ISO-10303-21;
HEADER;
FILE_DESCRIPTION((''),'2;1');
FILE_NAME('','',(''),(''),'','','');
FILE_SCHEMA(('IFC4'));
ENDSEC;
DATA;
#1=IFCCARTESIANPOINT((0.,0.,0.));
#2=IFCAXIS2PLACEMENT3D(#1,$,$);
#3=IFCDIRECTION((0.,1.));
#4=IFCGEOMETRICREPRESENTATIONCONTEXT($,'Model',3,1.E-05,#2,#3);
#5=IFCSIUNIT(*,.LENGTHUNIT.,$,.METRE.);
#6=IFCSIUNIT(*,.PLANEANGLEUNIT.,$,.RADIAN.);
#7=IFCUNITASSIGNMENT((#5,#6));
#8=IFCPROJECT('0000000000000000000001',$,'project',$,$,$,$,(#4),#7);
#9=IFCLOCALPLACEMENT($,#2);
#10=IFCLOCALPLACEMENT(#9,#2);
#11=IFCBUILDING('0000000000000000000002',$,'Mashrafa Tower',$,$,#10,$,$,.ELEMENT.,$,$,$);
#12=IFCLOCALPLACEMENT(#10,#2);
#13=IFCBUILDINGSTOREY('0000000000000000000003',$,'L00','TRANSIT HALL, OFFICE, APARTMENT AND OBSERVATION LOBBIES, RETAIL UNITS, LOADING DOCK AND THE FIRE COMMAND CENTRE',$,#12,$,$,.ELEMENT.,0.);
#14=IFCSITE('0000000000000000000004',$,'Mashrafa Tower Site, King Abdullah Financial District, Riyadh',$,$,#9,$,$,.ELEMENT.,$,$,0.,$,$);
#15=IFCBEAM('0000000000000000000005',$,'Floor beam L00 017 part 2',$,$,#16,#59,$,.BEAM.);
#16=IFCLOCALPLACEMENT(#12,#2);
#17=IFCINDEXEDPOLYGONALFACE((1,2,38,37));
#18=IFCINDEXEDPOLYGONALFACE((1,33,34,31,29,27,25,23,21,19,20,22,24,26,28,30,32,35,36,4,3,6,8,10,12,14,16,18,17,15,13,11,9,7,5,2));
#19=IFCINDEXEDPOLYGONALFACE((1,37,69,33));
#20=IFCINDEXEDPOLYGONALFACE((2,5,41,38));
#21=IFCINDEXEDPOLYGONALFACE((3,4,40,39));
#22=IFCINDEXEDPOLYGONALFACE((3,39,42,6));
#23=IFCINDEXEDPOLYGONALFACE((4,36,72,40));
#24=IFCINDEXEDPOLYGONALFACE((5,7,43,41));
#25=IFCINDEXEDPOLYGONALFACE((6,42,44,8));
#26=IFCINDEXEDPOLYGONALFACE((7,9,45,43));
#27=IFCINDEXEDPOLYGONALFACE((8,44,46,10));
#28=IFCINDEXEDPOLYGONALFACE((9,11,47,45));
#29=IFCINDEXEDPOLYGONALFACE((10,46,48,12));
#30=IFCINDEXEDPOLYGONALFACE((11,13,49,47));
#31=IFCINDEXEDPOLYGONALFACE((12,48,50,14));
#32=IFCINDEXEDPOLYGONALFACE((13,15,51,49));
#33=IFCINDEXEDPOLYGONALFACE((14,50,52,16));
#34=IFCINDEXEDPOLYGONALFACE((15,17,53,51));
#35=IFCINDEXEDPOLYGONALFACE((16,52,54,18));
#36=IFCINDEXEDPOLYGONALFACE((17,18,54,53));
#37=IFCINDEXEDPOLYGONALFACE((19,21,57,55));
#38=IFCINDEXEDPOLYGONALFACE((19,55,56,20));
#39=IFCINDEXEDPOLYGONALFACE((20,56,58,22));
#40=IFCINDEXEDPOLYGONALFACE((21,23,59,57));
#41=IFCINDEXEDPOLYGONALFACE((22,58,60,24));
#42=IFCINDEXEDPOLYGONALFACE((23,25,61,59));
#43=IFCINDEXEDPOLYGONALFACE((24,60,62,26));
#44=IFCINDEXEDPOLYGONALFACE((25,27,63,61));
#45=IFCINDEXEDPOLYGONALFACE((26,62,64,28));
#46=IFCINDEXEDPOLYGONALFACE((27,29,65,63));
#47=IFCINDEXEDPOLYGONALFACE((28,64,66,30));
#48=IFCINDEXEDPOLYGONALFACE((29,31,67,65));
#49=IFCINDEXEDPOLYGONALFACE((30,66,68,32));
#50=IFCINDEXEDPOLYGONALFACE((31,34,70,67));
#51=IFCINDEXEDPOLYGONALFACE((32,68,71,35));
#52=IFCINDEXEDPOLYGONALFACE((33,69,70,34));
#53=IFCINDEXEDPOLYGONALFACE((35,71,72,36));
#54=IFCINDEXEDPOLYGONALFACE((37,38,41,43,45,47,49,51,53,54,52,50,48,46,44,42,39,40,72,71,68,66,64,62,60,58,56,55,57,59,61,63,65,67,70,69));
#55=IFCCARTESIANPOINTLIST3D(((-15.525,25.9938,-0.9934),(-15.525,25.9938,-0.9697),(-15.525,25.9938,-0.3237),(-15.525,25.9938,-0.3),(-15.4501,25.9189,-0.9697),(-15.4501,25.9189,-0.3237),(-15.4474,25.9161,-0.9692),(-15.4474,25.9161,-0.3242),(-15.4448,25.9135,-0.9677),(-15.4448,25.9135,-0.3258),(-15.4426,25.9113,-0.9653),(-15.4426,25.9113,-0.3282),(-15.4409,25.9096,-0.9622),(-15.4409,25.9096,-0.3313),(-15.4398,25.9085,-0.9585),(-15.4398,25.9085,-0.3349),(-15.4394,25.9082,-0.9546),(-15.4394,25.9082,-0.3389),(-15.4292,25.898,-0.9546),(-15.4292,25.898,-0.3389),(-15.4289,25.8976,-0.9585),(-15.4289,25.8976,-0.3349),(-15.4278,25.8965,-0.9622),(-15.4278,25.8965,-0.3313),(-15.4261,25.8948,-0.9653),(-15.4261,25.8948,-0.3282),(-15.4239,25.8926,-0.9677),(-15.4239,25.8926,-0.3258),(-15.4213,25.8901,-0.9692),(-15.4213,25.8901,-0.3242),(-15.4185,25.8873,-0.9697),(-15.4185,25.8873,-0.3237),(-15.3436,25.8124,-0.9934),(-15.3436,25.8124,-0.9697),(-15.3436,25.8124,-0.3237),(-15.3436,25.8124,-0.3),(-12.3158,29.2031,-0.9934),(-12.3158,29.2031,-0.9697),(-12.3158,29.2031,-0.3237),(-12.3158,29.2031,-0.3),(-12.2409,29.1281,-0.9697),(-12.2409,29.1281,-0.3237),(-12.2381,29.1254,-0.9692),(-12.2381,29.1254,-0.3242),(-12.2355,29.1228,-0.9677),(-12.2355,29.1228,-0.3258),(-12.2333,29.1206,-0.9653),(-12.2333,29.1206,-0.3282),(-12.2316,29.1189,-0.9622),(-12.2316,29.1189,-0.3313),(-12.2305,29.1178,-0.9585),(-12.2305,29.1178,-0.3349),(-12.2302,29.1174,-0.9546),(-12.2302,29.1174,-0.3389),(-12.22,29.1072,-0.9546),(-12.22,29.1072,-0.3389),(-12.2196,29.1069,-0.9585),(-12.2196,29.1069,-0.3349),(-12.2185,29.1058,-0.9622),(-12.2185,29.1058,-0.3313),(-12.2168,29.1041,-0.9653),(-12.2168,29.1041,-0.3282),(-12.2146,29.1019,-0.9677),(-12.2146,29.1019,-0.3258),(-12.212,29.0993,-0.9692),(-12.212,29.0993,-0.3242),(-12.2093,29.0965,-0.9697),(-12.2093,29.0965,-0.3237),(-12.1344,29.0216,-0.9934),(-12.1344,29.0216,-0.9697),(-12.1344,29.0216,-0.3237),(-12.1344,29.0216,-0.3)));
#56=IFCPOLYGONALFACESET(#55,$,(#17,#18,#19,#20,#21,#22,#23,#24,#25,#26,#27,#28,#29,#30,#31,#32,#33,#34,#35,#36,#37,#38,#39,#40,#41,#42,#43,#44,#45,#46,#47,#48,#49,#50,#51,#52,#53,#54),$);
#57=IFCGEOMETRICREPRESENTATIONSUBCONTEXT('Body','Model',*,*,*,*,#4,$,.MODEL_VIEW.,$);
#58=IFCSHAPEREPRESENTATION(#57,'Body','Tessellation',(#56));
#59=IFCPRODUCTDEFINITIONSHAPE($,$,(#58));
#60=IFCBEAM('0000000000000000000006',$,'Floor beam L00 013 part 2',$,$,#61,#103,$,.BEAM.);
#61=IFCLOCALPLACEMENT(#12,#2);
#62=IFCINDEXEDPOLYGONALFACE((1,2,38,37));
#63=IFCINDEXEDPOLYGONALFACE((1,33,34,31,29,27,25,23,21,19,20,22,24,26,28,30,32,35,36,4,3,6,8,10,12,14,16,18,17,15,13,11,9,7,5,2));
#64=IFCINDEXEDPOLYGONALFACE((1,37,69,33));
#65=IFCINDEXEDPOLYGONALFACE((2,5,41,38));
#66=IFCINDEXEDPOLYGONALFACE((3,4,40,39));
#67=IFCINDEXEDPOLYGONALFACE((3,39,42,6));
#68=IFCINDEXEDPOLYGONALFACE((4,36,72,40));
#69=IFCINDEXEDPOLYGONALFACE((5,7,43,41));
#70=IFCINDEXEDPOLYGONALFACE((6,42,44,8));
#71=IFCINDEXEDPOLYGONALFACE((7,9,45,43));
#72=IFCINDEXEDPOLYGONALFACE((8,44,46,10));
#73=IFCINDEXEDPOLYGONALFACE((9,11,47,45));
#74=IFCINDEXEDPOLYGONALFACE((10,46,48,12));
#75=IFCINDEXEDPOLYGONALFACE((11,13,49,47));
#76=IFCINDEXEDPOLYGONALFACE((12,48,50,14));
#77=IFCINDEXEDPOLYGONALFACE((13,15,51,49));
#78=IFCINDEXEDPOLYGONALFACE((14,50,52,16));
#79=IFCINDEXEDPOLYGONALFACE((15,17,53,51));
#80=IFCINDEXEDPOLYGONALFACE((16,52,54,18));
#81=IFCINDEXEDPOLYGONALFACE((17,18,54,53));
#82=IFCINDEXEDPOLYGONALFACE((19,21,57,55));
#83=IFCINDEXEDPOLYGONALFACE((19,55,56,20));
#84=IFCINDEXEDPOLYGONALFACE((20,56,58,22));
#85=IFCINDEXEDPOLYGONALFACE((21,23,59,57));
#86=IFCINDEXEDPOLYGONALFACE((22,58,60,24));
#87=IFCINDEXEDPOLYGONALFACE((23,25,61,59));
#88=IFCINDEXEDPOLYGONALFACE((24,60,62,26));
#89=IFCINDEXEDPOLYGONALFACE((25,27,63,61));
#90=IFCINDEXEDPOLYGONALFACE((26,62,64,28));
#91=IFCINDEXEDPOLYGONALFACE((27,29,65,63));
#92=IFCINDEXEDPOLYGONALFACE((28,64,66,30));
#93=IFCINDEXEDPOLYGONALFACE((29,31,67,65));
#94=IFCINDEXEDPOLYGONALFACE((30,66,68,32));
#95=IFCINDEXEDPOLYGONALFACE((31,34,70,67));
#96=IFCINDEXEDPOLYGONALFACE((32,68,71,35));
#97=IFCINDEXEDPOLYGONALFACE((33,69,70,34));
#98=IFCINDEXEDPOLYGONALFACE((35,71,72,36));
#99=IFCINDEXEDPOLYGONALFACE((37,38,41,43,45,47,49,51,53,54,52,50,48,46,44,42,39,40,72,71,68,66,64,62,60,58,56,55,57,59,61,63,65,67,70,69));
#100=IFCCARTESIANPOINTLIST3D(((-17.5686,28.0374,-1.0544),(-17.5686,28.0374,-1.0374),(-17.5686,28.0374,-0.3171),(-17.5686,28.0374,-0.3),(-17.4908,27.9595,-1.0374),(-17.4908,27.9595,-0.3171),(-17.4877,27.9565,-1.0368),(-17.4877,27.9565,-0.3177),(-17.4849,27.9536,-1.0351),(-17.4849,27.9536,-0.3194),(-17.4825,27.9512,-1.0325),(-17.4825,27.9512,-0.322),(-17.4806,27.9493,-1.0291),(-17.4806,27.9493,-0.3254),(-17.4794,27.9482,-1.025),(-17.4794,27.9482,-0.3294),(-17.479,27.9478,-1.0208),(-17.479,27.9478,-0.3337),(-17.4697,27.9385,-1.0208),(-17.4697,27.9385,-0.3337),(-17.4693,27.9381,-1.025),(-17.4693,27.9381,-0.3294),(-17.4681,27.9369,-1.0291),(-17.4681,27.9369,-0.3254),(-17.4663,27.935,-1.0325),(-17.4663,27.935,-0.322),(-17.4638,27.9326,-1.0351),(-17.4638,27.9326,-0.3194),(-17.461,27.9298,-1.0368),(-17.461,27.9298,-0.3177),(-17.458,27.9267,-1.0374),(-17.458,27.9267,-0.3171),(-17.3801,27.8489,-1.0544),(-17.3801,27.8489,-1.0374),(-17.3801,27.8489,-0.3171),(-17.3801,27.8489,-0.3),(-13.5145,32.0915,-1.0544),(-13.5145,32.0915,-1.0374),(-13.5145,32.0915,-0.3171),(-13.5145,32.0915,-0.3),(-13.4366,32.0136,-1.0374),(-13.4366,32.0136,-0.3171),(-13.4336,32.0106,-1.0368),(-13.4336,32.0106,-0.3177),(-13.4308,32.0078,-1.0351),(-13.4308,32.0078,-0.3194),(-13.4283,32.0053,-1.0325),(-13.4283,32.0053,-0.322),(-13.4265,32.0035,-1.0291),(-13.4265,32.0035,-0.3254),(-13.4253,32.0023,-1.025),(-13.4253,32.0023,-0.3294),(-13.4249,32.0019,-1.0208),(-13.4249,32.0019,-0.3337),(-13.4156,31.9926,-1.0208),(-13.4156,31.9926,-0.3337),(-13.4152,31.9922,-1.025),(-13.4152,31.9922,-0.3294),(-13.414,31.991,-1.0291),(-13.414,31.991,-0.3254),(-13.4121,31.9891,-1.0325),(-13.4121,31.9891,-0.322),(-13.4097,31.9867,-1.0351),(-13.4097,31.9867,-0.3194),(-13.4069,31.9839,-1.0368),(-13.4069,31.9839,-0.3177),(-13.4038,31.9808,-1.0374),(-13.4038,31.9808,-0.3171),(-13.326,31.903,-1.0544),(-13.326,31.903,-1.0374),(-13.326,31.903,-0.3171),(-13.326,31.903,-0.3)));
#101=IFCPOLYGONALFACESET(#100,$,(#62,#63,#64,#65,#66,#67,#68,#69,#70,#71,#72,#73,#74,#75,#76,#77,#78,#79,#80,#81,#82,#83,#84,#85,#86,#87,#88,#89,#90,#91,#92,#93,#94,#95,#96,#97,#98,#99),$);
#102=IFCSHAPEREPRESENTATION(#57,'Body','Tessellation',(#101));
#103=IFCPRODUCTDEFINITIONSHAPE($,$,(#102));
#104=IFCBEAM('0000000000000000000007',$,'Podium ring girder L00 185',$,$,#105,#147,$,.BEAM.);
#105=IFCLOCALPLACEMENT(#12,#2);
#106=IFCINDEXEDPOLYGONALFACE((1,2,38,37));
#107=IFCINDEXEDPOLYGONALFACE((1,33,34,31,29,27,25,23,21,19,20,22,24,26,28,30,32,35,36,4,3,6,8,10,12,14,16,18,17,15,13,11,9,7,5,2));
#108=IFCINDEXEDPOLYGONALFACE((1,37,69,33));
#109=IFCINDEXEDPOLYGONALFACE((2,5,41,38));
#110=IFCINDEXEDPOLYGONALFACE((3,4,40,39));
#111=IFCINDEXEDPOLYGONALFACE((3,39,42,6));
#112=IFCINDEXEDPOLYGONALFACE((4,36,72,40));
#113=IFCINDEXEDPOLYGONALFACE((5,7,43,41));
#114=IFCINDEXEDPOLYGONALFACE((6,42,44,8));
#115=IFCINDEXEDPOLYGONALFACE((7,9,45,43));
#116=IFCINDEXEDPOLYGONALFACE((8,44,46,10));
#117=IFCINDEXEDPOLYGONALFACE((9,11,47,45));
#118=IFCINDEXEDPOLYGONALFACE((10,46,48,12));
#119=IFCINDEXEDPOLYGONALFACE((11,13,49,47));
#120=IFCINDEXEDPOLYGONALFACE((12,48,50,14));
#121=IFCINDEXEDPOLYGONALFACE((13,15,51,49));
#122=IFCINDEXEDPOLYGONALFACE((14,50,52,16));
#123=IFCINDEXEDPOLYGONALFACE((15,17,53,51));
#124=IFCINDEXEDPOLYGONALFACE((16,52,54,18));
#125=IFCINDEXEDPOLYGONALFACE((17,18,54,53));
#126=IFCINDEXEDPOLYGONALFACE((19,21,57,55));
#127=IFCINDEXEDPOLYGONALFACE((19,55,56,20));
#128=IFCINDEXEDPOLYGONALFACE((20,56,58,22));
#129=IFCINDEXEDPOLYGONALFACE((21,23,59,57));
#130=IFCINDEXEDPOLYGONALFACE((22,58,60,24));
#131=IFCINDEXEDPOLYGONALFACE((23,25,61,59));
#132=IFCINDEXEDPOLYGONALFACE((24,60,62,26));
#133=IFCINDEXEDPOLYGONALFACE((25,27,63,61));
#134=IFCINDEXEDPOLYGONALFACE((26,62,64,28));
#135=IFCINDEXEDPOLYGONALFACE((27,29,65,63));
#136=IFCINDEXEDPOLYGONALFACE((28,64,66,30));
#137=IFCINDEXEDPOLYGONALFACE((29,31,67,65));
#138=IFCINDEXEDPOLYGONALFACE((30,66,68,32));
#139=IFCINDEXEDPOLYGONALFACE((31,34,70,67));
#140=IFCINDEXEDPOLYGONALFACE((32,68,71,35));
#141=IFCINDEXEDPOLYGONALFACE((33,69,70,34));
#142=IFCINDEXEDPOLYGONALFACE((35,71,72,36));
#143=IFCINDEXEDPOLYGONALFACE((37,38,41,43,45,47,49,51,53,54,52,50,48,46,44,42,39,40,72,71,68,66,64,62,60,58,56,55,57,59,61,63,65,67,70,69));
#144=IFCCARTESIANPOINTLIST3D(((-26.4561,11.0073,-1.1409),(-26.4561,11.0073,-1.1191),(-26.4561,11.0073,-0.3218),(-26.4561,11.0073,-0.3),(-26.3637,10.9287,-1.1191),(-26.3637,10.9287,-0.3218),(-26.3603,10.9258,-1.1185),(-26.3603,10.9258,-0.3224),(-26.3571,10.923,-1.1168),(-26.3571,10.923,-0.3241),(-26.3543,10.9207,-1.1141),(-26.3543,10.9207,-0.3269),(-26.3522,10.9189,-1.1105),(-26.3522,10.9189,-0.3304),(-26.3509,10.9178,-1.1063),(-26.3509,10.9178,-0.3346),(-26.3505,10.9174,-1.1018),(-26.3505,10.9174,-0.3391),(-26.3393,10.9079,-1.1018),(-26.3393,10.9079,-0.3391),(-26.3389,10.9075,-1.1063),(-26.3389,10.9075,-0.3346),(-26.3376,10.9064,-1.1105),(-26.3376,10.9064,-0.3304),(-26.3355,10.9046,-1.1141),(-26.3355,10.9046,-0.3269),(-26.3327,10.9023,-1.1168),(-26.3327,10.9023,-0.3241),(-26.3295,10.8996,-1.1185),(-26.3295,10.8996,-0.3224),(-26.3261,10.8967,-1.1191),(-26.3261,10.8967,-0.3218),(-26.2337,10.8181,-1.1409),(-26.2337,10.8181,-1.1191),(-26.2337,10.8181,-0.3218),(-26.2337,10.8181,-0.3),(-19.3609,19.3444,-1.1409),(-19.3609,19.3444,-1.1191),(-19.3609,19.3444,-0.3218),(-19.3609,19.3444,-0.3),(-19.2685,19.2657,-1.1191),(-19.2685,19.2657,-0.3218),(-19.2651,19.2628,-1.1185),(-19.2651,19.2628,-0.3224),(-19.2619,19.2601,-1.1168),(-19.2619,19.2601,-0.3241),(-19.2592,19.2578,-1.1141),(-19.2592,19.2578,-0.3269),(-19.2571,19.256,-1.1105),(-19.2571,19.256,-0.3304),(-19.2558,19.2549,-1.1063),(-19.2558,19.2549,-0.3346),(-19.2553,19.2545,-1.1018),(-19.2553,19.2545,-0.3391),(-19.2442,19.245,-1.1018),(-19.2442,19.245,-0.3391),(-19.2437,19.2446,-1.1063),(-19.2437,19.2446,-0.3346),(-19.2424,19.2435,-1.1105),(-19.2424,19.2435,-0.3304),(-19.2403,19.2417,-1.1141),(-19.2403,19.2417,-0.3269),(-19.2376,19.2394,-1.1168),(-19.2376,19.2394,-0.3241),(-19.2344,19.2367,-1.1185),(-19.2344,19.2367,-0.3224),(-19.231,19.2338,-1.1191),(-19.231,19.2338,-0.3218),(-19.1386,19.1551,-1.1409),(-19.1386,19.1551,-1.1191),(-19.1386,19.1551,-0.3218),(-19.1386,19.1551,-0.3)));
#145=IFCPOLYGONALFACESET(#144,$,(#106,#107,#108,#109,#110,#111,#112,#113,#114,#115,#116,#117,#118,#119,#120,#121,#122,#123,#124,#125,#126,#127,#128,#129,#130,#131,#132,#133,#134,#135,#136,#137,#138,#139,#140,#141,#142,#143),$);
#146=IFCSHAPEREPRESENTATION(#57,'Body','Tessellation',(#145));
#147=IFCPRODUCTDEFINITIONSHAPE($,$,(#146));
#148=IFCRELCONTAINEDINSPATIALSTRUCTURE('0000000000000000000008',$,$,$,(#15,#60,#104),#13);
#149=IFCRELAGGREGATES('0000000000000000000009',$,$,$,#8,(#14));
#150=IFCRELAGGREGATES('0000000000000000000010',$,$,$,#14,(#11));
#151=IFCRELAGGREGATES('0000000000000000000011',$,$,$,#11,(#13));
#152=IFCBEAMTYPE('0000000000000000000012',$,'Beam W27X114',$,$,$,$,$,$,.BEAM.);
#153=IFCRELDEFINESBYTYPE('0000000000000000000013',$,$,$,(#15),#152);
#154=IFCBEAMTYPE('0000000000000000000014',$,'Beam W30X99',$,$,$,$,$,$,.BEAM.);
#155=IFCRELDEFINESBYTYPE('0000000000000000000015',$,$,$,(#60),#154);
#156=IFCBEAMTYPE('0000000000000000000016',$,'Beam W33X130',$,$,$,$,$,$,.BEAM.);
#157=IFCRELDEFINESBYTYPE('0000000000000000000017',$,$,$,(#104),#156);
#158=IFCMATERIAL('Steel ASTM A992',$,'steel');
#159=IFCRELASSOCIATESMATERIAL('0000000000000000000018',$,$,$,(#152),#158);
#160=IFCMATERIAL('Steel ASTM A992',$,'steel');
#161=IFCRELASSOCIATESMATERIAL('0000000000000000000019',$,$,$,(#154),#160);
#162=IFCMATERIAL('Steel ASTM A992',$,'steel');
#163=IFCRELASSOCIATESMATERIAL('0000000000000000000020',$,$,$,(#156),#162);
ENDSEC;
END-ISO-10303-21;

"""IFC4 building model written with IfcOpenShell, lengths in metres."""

from ifc_helpers import new_model, si_unit, direction, frame, origin, origin_2d, place, context, subcontext, project, spatial, i_section, extrude, material, material_profile, profile_set, type_object, element, save


model = new_model("IFC4")

# Units and contexts
model_context = context("Model", 3, precision=1e-05, world=origin(), true_north=direction((0.0, 1.0)))
body_context = subcontext(model_context, "Body", "Model", "MODEL_VIEW")
ifc_project = project(units=[si_unit("LENGTHUNIT", "METRE"), si_unit("PLANEANGLEUNIT", "RADIAN")], contexts=[model_context])

# Site, building, storey
site_placement = place(None, origin())
site = spatial("IfcSite", under=ifc_project, at=site_placement, Name="Mashrafa Tower Site, King Abdullah Financial District, Riyadh", CompositionType="ELEMENT", RefElevation=0.0)
building_placement = place(site_placement, origin())
building = spatial("IfcBuilding", under=site, at=building_placement, Name="Mashrafa Tower", CompositionType="ELEMENT")
storey_placement = place(building_placement, origin())
storey = spatial("IfcBuildingStorey", under=building, at=storey_placement, Name="L00", Description="TRANSIT HALL, OFFICE, APARTMENT AND OBSERVATION LOBBIES, RETAIL UNITS, LOADING DOCK AND THE FIRE COMMAND CENTRE", CompositionType="ELEMENT", Elevation=0.0)

# Beams
ifc_material_1 = material(Name="Steel ASTM A992", Category="steel")
ifc_material_profile_1 = material_profile(ifc_material_1, i_section(OverallWidth=0.2566, OverallDepth=0.6934, WebThickness=0.0144, FlangeThickness=0.0237, FilletRadius=0.0151, at=origin_2d()), Name="W27X114")
ifc_profile_set_1 = profile_set([ifc_material_profile_1], Name="Steel ASTM A992")
beam_type_1 = type_object("IfcBeamType", Name="Beam W27X114", PredefinedType="BEAM", material=ifc_profile_set_1)
beam_1_placement = place(storey_placement, frame((-15.4343, 25.9031, -0.6467), z_axis=(0.707107, 0.707107, 0.0), x_axis=(-0.707107, 0.707107, 0.0)))
element("IfcBeam", 1, at=beam_1_placement, inside=storey, type_object=beam_type_1, Name="Floor beam L00 017 part 2", PredefinedType="BEAM", context=body_context, shape_type="SweptSolid", body=[
    extrude(i_section(OverallWidth=0.2566, OverallDepth=0.6934, WebThickness=0.0144, FlangeThickness=0.0237, FilletRadius=0.0151, at=origin_2d()), origin(), (0.0, 0.0, 1.0), 4.5386),
])
ifc_material_2 = material(Name="Steel ASTM A992", Category="steel")
ifc_material_profile_2 = material_profile(ifc_material_2, i_section(OverallWidth=0.2666, OverallDepth=0.7544, WebThickness=0.0132, FlangeThickness=0.0171, FilletRadius=0.0166, at=origin_2d()), Name="W30X99")
ifc_profile_set_2 = profile_set([ifc_material_profile_2], Name="Steel ASTM A992")
beam_type_2 = type_object("IfcBeamType", Name="Beam W30X99", PredefinedType="BEAM", material=ifc_profile_set_2)
beam_2_placement = place(storey_placement, frame((-17.4744, 27.9431, -0.6772), z_axis=(0.707107, 0.707107, 0.0), x_axis=(-0.707107, 0.707107, 0.0)))
element("IfcBeam", 2, at=beam_2_placement, inside=storey, type_object=beam_type_2, Name="Floor beam L00 013 part 2", PredefinedType="BEAM", context=body_context, shape_type="SweptSolid", body=[
    extrude(i_section(OverallWidth=0.2666, OverallDepth=0.7544, WebThickness=0.0132, FlangeThickness=0.0171, FilletRadius=0.0166, at=origin_2d()), origin(), (0.0, 0.0, 1.0), 5.7334),
])
ifc_material_3 = material(Name="Steel ASTM A992", Category="steel")
ifc_material_profile_3 = material_profile(ifc_material_3, i_section(OverallWidth=0.292, OverallDepth=0.8408, WebThickness=0.0146, FlangeThickness=0.0217, FilletRadius=0.0173, at=origin_2d()), Name="W33X130")
ifc_profile_set_3 = profile_set([ifc_material_profile_3], Name="Steel ASTM A992")
beam_type_3 = type_object("IfcBeamType", Name="Beam W33X130", PredefinedType="BEAM", material=ifc_profile_set_3)
beam_3_placement = place(storey_placement, frame((-19.2498, 19.2498, -0.7205), z_axis=(-0.648106, -0.76155, 0.0), x_axis=(0.76155, -0.648106, 0.0)))
element("IfcBeam", 3, at=beam_3_placement, inside=storey, type_object=beam_type_3, Name="Podium ring girder L00 185", PredefinedType="BEAM", context=body_context, shape_type="SweptSolid", body=[
    extrude(i_section(OverallWidth=0.292, OverallDepth=0.8408, WebThickness=0.0146, FlangeThickness=0.0217, FilletRadius=0.0173, at=origin_2d()), origin(), (0.0, 0.0, 1.0), 10.9475),
])

save(model, "model.ifc")
